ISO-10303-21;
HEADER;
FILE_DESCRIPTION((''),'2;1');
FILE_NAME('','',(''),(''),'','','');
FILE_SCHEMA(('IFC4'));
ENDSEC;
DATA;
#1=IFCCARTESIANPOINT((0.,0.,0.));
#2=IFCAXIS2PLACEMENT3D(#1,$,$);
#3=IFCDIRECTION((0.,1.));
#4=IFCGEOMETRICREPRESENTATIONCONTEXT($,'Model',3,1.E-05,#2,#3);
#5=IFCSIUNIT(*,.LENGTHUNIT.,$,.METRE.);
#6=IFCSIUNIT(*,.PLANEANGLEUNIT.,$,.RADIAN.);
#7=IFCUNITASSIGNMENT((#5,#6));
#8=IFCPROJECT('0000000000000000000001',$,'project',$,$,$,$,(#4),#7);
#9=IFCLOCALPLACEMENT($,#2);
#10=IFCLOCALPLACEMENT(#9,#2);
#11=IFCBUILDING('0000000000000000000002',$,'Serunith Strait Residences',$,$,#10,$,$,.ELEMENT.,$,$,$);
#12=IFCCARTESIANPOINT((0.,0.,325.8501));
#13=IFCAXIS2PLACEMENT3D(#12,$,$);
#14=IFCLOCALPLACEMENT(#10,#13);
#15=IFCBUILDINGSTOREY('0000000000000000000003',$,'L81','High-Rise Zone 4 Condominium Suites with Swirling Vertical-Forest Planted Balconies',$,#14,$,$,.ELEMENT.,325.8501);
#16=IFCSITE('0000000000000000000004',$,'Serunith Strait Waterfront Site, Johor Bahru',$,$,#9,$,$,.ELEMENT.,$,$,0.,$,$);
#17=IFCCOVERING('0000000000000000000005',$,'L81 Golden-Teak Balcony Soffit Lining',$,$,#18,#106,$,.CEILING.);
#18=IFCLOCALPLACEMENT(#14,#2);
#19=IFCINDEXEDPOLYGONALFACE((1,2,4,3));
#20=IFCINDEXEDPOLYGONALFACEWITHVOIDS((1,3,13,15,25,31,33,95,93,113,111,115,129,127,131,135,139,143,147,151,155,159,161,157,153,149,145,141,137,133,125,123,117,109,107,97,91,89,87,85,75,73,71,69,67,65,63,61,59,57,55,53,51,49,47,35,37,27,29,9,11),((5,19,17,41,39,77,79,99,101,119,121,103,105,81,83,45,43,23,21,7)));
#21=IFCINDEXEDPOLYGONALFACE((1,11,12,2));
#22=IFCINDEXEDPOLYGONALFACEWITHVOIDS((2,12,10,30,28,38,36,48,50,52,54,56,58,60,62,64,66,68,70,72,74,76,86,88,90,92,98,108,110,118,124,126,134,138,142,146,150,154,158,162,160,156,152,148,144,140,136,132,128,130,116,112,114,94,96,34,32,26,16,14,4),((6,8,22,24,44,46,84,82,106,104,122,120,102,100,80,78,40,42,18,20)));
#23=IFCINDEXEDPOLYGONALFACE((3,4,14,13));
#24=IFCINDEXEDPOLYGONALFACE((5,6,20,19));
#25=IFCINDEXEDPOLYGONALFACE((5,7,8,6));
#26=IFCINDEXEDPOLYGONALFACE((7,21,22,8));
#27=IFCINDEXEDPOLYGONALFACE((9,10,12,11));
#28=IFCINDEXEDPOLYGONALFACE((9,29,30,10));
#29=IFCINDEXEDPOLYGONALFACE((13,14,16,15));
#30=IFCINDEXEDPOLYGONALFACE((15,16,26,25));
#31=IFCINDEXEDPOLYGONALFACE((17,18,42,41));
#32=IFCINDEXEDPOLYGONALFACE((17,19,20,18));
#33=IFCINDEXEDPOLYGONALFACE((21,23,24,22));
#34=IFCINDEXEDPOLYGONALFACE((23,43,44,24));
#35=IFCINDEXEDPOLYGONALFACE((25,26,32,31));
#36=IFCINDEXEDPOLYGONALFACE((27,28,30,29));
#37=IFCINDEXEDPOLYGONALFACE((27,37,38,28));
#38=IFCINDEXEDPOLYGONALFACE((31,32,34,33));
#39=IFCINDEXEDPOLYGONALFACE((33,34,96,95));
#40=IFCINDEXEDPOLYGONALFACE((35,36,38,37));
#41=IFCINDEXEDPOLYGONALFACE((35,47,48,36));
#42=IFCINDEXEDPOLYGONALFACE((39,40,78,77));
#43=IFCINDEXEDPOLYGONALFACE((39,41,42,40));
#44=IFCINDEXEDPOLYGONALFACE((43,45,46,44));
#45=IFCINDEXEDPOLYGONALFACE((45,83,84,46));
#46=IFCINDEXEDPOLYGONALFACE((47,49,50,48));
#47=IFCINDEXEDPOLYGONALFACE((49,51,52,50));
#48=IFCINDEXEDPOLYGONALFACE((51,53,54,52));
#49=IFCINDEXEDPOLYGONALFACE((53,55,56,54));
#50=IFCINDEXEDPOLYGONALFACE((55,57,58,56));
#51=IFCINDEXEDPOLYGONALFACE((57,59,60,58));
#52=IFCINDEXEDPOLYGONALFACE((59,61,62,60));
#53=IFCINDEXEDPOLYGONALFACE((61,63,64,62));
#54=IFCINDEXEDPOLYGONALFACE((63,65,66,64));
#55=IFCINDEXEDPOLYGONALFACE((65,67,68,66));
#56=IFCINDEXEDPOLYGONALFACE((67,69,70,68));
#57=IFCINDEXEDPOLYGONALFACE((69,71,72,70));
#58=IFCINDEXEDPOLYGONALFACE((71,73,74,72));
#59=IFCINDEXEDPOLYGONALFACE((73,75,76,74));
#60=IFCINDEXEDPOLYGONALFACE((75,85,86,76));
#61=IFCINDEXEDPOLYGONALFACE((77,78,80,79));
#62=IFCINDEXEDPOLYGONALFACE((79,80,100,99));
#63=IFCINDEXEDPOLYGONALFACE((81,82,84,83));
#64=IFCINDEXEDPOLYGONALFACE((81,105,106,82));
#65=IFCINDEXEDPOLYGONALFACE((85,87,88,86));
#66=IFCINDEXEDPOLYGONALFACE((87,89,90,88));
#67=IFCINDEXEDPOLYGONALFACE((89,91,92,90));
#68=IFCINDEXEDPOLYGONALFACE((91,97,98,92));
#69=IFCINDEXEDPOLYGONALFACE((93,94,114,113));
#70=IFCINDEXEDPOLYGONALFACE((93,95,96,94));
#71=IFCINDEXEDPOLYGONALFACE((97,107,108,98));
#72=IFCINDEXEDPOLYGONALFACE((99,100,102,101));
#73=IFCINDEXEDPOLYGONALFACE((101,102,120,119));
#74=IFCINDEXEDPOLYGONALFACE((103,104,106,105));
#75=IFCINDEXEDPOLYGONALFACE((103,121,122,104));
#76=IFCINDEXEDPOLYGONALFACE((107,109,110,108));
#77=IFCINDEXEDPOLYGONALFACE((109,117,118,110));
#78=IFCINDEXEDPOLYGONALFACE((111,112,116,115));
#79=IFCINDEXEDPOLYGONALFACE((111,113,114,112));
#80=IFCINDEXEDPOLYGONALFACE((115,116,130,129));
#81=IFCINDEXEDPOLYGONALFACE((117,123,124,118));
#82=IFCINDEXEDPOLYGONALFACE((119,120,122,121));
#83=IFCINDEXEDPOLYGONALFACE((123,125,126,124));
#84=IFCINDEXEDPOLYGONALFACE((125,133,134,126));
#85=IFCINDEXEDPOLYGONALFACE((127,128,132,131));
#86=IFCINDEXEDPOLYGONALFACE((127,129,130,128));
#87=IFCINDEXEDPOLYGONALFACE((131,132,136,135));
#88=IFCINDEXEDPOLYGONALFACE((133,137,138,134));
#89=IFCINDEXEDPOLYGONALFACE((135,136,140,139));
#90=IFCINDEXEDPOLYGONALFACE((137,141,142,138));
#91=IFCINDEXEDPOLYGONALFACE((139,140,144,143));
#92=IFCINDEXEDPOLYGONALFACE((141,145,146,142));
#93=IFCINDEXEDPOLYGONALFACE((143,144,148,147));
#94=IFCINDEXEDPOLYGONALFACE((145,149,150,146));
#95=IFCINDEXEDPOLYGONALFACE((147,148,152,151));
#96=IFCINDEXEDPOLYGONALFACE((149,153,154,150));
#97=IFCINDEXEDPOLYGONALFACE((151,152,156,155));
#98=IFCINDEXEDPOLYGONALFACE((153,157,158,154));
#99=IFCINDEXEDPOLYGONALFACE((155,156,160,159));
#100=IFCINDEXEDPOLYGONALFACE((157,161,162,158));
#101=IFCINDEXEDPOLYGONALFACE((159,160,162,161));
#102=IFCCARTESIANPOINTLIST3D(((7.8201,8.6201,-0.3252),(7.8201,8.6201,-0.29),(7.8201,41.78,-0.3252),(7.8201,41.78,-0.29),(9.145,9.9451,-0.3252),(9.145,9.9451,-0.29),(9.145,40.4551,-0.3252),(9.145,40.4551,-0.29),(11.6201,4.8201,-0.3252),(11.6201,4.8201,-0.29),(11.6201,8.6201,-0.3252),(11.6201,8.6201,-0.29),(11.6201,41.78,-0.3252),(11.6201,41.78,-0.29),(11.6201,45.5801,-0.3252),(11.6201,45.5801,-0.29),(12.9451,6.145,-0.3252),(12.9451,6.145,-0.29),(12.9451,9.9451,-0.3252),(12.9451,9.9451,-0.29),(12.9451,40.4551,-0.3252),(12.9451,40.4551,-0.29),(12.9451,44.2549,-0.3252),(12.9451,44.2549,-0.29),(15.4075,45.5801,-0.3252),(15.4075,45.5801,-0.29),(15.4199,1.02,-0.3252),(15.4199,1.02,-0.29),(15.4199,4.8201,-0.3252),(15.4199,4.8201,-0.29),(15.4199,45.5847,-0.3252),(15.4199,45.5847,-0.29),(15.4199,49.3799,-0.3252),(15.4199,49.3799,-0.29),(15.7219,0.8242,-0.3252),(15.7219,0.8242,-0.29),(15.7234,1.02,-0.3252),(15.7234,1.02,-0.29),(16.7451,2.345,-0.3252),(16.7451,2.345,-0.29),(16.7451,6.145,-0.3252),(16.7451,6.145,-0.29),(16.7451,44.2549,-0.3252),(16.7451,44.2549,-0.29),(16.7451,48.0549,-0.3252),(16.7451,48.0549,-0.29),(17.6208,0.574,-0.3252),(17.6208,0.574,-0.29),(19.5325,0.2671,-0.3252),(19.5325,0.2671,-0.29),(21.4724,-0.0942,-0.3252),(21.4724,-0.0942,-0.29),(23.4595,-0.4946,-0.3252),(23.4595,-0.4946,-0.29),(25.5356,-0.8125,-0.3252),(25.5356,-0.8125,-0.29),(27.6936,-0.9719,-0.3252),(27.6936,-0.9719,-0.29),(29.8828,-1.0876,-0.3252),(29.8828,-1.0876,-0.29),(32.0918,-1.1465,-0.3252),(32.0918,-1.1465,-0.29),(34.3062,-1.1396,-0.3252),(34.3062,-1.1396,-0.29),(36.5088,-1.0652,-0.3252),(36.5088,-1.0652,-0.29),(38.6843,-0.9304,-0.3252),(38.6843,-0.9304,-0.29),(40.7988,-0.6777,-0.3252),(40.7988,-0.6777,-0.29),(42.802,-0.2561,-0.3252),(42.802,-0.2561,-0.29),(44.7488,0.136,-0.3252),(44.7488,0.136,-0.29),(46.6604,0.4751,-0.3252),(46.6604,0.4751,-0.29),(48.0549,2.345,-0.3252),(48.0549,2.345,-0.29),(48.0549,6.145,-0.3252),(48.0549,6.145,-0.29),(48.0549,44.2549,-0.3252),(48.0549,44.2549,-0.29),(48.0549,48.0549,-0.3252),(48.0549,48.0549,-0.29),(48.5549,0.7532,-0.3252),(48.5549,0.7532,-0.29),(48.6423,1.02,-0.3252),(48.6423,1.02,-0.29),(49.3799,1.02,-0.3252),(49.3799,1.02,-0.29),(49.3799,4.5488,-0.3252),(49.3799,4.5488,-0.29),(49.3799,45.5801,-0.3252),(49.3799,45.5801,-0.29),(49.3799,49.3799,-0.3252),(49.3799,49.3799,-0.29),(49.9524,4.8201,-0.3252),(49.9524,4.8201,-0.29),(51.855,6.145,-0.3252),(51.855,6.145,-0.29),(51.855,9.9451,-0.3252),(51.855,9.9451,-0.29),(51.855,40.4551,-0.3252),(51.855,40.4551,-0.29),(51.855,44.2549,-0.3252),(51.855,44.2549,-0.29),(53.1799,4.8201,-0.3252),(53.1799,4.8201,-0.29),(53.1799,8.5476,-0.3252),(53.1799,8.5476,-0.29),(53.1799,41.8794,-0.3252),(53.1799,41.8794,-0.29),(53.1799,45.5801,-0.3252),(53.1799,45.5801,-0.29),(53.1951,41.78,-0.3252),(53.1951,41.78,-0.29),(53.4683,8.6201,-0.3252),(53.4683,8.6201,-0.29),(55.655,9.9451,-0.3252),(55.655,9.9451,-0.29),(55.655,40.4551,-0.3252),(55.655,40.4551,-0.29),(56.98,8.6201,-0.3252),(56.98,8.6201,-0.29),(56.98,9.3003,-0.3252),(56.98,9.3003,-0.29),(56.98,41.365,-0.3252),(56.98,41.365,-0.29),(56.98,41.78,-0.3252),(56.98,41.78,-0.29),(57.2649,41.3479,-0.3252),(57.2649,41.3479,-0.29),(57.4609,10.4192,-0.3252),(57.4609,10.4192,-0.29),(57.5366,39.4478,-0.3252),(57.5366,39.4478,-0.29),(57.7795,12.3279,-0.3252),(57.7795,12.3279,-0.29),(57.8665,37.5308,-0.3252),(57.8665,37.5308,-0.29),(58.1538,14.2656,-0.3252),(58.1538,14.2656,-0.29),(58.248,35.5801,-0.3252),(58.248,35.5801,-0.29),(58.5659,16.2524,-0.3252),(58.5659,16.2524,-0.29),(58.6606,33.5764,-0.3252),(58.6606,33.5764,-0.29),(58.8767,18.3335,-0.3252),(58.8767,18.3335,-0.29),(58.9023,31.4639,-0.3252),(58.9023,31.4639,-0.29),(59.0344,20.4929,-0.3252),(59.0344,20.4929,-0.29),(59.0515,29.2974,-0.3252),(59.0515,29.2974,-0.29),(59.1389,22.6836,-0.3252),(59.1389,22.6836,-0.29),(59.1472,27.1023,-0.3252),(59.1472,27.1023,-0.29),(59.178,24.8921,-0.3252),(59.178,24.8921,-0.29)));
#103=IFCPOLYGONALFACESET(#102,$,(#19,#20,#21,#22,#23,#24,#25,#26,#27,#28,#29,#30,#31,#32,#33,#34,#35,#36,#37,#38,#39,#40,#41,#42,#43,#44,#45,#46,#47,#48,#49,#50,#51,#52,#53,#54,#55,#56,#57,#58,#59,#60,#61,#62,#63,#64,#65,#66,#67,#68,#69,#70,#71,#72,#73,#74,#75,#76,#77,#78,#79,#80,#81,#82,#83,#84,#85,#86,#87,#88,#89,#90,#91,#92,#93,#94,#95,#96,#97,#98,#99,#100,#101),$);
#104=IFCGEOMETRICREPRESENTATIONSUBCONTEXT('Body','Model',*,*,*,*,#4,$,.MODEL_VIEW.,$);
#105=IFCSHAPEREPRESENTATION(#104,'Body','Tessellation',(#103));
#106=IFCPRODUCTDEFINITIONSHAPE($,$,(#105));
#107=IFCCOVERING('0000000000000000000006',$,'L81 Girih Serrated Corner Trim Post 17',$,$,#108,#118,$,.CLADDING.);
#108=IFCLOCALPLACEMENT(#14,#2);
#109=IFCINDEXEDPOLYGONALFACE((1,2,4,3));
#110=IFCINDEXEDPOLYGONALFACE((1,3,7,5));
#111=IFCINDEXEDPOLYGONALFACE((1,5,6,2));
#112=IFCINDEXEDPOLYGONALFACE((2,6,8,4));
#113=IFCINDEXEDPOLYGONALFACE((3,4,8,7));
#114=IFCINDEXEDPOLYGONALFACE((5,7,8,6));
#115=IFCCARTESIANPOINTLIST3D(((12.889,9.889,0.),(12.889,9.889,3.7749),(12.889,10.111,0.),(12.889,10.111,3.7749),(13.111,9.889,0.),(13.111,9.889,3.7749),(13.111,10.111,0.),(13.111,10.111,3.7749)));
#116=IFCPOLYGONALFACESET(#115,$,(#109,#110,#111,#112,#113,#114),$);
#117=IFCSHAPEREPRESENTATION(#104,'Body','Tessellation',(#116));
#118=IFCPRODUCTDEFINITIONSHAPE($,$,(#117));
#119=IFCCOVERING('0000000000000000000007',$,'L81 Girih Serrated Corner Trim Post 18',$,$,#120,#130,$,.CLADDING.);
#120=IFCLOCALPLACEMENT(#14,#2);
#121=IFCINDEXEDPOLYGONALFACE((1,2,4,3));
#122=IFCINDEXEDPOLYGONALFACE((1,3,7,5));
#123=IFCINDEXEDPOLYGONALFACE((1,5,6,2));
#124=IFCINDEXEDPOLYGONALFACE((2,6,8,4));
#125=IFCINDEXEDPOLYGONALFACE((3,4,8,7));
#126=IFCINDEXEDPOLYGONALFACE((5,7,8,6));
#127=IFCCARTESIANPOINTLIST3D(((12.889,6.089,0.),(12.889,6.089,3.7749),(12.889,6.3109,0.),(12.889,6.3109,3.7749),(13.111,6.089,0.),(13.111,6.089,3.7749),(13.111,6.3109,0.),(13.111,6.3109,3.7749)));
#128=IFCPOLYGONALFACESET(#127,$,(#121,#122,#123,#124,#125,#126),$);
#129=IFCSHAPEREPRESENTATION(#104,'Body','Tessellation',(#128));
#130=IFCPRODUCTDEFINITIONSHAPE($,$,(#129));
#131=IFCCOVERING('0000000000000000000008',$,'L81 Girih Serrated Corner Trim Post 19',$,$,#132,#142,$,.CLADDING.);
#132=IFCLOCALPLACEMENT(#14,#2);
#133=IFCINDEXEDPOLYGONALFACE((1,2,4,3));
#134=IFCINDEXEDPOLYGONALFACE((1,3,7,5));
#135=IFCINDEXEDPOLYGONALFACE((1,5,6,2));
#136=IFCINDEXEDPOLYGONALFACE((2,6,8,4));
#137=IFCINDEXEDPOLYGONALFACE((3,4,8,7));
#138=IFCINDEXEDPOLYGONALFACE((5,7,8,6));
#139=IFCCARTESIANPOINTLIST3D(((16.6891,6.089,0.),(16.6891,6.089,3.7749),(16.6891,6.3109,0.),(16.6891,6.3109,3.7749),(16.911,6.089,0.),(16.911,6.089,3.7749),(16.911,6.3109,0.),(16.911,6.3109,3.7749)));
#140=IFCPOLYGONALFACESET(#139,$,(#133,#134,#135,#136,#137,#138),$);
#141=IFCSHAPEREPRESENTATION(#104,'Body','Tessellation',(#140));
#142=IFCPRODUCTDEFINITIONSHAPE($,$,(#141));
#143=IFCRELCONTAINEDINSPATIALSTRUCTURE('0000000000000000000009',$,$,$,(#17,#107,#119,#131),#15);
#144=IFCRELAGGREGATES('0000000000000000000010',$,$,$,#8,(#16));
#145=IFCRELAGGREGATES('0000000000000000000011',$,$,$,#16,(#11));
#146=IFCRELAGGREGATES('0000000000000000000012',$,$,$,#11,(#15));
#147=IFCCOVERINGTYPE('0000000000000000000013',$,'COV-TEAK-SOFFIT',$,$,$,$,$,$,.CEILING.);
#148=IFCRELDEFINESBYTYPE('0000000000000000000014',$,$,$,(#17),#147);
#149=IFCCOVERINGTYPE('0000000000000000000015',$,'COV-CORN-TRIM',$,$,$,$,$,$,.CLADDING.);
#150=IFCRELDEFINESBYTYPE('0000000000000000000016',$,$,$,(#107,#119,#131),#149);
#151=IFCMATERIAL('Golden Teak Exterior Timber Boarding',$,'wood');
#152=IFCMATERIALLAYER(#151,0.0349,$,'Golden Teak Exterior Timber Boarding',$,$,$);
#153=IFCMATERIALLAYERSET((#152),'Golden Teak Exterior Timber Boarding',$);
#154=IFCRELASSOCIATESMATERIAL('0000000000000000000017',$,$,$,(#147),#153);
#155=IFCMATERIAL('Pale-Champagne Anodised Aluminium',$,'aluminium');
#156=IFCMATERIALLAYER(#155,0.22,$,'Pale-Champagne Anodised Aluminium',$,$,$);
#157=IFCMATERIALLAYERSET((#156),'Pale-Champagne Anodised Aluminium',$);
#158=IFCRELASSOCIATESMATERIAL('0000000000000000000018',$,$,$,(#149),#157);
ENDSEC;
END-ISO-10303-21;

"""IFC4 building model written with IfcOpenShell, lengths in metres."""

from ifc_helpers import new_model, si_unit, direction, frame, origin, origin_2d, place, context, subcontext, project, spatial, polyline, rectangle, outline, extrude, source, transform, mapped, material, layer, layer_set, type_object, element, save


model = new_model("IFC4")

# Units and contexts
model_context = context("Model", 3, precision=1e-05, world=origin(), true_north=direction((0.0, 1.0)))
body_context = subcontext(model_context, "Body", "Model", "MODEL_VIEW")
ifc_project = project(units=[si_unit("LENGTHUNIT", "METRE"), si_unit("PLANEANGLEUNIT", "RADIAN")], contexts=[model_context])

# Site, building, storey
site_placement = place(None, origin())
site = spatial("IfcSite", under=ifc_project, at=site_placement, Name="Serunith Strait Waterfront Site, Johor Bahru", CompositionType="ELEMENT", RefElevation=0.0)
building_placement = place(site_placement, origin())
building = spatial("IfcBuilding", under=site, at=building_placement, Name="Serunith Strait Residences", CompositionType="ELEMENT")
storey_placement = place(building_placement, frame((0.0, 0.0, 325.8501)))
storey = spatial("IfcBuildingStorey", under=building, at=storey_placement, Name="L81", Description="High-Rise Zone 4 Condominium Suites with Swirling Vertical-Forest Planted Balconies", CompositionType="ELEMENT", Elevation=325.8501)

# Covering
ifc_material_1 = material(Name="Golden Teak Exterior Timber Boarding", Category="wood")
ifc_layer_1 = layer(ifc_material_1, 0.0349, Name="Golden Teak Exterior Timber Boarding")
ifc_layer_set_1 = layer_set([ifc_layer_1], Name="Golden Teak Exterior Timber Boarding")
covering_type_1 = type_object("IfcCoveringType", Name="COV-TEAK-SOFFIT", PredefinedType="CEILING", material=ifc_layer_set_1)
covering_placement = place(storey_placement, frame((0.0, 0.0, -0.3252)))
element("IfcCovering", 1, at=covering_placement, inside=storey, type_object=covering_type_1, Name="L81 Golden-Teak Balcony Soffit Lining", PredefinedType="CEILING", context=body_context, shape_type="SweptSolid", body=[
    extrude(outline(polyline([(15.4199, 1.02), (15.4199, 4.8201), (11.6201, 4.8201), (11.6201, 8.6201), (7.8201, 8.6201), (7.8201, 41.78), (11.6201, 41.78), (11.6201, 45.5801), (15.4075, 45.5801), (15.4199, 45.5847), (15.4199, 49.3799), (49.3799, 49.3799), (49.3799, 45.5801), (53.1799, 45.5801), (53.1799, 41.8794), (53.1951, 41.78), (56.98, 41.78), (56.98, 41.365), (57.2649, 41.3479), (57.5366, 39.4478), (57.8665, 37.5308), (58.248, 35.5801), (58.6606, 33.5764), (58.9023, 31.4639), (59.0515, 29.2974), (59.1472, 27.1023), (59.178, 24.8921), (59.1389, 22.6836), (59.0344, 20.4929), (58.8767, 18.3335), (58.5659, 16.2524), (58.1538, 14.2656), (57.7795, 12.3279), (57.4609, 10.4192), (56.98, 9.3003), (56.98, 8.6201), (53.4683, 8.6201), (53.1799, 8.5476), (53.1799, 4.8201), (49.9524, 4.8201), (49.3799, 4.5488), (49.3799, 1.02), (48.6423, 1.02), (48.5549, 0.7532), (46.6604, 0.4751), (44.7488, 0.136), (42.802, -0.2561), (40.7988, -0.6777), (38.6843, -0.9304), (36.5088, -1.0652), (34.3062, -1.1396), (32.0918, -1.1465), (29.8828, -1.0876), (27.6936, -0.9719), (25.5356, -0.8125), (23.4595, -0.4946), (21.4724, -0.0942), (19.5325, 0.2671), (17.6208, 0.574), (15.7219, 0.8242), (15.7234, 1.02), (15.4199, 1.02)]), holes=[polyline([(48.0549, 2.345), (48.0549, 6.145), (51.855, 6.145), (51.855, 9.9451), (55.655, 9.9451), (55.655, 40.4551), (51.855, 40.4551), (51.855, 44.2549), (48.0549, 44.2549), (48.0549, 48.0549), (16.7451, 48.0549), (16.7451, 44.2549), (12.9451, 44.2549), (12.9451, 40.4551), (9.145, 40.4551), (9.145, 9.9451), (12.9451, 9.9451), (12.9451, 6.145), (16.7451, 6.145), (16.7451, 2.345), (48.0549, 2.345)])]), origin(), (0.0, 0.0, 1.0), 0.0352),
])

# Coverings
ifc_material_2 = material(Name="Pale-Champagne Anodised Aluminium", Category="aluminium")
ifc_layer_2 = layer(ifc_material_2, 0.22, Name="Pale-Champagne Anodised Aluminium")
ifc_layer_set_2 = layer_set([ifc_layer_2], Name="Pale-Champagne Anodised Aluminium")
covering_type_2 = type_object("IfcCoveringType", Name="COV-CORN-TRIM", PredefinedType="CLADDING", material=ifc_layer_set_2)
shared_shape_1 = source(origin(), body_context, "Body", "SweptSolid", [
    extrude(rectangle(XDim=0.2219, YDim=0.2219, at=origin_2d()), origin(), (0.0, 0.0, 1.0), 3.7749),
])
for number, where, z_axis, x_axis, name in (
    (2, (13.0, 10.0, 0.0), (0.0, 0.0, 1.0), (1.0, 0.0, 0.0), "L81 Girih Serrated Corner Trim Post 17"),
    (3, (13.0, 6.2, 0.0), (0.0, 0.0, 1.0), (1.0, 0.0, 0.0), "L81 Girih Serrated Corner Trim Post 18"),
    (4, (16.8, 6.2, 0.0), (0.0, 0.0, 1.0), (1.0, 0.0, 0.0), "L81 Girih Serrated Corner Trim Post 19"),
):
    element("IfcCovering", number, at=place(storey_placement, frame(where, z_axis=z_axis, x_axis=x_axis)), inside=storey, type_object=covering_type_2, Name=name, PredefinedType="CLADDING", context=body_context, shape_type="MappedRepresentation", body=[
        mapped(shared_shape_1, transform((0.0, 0.0, 0.0), scale=1.0)),
    ])

save(model, "model.ifc")
